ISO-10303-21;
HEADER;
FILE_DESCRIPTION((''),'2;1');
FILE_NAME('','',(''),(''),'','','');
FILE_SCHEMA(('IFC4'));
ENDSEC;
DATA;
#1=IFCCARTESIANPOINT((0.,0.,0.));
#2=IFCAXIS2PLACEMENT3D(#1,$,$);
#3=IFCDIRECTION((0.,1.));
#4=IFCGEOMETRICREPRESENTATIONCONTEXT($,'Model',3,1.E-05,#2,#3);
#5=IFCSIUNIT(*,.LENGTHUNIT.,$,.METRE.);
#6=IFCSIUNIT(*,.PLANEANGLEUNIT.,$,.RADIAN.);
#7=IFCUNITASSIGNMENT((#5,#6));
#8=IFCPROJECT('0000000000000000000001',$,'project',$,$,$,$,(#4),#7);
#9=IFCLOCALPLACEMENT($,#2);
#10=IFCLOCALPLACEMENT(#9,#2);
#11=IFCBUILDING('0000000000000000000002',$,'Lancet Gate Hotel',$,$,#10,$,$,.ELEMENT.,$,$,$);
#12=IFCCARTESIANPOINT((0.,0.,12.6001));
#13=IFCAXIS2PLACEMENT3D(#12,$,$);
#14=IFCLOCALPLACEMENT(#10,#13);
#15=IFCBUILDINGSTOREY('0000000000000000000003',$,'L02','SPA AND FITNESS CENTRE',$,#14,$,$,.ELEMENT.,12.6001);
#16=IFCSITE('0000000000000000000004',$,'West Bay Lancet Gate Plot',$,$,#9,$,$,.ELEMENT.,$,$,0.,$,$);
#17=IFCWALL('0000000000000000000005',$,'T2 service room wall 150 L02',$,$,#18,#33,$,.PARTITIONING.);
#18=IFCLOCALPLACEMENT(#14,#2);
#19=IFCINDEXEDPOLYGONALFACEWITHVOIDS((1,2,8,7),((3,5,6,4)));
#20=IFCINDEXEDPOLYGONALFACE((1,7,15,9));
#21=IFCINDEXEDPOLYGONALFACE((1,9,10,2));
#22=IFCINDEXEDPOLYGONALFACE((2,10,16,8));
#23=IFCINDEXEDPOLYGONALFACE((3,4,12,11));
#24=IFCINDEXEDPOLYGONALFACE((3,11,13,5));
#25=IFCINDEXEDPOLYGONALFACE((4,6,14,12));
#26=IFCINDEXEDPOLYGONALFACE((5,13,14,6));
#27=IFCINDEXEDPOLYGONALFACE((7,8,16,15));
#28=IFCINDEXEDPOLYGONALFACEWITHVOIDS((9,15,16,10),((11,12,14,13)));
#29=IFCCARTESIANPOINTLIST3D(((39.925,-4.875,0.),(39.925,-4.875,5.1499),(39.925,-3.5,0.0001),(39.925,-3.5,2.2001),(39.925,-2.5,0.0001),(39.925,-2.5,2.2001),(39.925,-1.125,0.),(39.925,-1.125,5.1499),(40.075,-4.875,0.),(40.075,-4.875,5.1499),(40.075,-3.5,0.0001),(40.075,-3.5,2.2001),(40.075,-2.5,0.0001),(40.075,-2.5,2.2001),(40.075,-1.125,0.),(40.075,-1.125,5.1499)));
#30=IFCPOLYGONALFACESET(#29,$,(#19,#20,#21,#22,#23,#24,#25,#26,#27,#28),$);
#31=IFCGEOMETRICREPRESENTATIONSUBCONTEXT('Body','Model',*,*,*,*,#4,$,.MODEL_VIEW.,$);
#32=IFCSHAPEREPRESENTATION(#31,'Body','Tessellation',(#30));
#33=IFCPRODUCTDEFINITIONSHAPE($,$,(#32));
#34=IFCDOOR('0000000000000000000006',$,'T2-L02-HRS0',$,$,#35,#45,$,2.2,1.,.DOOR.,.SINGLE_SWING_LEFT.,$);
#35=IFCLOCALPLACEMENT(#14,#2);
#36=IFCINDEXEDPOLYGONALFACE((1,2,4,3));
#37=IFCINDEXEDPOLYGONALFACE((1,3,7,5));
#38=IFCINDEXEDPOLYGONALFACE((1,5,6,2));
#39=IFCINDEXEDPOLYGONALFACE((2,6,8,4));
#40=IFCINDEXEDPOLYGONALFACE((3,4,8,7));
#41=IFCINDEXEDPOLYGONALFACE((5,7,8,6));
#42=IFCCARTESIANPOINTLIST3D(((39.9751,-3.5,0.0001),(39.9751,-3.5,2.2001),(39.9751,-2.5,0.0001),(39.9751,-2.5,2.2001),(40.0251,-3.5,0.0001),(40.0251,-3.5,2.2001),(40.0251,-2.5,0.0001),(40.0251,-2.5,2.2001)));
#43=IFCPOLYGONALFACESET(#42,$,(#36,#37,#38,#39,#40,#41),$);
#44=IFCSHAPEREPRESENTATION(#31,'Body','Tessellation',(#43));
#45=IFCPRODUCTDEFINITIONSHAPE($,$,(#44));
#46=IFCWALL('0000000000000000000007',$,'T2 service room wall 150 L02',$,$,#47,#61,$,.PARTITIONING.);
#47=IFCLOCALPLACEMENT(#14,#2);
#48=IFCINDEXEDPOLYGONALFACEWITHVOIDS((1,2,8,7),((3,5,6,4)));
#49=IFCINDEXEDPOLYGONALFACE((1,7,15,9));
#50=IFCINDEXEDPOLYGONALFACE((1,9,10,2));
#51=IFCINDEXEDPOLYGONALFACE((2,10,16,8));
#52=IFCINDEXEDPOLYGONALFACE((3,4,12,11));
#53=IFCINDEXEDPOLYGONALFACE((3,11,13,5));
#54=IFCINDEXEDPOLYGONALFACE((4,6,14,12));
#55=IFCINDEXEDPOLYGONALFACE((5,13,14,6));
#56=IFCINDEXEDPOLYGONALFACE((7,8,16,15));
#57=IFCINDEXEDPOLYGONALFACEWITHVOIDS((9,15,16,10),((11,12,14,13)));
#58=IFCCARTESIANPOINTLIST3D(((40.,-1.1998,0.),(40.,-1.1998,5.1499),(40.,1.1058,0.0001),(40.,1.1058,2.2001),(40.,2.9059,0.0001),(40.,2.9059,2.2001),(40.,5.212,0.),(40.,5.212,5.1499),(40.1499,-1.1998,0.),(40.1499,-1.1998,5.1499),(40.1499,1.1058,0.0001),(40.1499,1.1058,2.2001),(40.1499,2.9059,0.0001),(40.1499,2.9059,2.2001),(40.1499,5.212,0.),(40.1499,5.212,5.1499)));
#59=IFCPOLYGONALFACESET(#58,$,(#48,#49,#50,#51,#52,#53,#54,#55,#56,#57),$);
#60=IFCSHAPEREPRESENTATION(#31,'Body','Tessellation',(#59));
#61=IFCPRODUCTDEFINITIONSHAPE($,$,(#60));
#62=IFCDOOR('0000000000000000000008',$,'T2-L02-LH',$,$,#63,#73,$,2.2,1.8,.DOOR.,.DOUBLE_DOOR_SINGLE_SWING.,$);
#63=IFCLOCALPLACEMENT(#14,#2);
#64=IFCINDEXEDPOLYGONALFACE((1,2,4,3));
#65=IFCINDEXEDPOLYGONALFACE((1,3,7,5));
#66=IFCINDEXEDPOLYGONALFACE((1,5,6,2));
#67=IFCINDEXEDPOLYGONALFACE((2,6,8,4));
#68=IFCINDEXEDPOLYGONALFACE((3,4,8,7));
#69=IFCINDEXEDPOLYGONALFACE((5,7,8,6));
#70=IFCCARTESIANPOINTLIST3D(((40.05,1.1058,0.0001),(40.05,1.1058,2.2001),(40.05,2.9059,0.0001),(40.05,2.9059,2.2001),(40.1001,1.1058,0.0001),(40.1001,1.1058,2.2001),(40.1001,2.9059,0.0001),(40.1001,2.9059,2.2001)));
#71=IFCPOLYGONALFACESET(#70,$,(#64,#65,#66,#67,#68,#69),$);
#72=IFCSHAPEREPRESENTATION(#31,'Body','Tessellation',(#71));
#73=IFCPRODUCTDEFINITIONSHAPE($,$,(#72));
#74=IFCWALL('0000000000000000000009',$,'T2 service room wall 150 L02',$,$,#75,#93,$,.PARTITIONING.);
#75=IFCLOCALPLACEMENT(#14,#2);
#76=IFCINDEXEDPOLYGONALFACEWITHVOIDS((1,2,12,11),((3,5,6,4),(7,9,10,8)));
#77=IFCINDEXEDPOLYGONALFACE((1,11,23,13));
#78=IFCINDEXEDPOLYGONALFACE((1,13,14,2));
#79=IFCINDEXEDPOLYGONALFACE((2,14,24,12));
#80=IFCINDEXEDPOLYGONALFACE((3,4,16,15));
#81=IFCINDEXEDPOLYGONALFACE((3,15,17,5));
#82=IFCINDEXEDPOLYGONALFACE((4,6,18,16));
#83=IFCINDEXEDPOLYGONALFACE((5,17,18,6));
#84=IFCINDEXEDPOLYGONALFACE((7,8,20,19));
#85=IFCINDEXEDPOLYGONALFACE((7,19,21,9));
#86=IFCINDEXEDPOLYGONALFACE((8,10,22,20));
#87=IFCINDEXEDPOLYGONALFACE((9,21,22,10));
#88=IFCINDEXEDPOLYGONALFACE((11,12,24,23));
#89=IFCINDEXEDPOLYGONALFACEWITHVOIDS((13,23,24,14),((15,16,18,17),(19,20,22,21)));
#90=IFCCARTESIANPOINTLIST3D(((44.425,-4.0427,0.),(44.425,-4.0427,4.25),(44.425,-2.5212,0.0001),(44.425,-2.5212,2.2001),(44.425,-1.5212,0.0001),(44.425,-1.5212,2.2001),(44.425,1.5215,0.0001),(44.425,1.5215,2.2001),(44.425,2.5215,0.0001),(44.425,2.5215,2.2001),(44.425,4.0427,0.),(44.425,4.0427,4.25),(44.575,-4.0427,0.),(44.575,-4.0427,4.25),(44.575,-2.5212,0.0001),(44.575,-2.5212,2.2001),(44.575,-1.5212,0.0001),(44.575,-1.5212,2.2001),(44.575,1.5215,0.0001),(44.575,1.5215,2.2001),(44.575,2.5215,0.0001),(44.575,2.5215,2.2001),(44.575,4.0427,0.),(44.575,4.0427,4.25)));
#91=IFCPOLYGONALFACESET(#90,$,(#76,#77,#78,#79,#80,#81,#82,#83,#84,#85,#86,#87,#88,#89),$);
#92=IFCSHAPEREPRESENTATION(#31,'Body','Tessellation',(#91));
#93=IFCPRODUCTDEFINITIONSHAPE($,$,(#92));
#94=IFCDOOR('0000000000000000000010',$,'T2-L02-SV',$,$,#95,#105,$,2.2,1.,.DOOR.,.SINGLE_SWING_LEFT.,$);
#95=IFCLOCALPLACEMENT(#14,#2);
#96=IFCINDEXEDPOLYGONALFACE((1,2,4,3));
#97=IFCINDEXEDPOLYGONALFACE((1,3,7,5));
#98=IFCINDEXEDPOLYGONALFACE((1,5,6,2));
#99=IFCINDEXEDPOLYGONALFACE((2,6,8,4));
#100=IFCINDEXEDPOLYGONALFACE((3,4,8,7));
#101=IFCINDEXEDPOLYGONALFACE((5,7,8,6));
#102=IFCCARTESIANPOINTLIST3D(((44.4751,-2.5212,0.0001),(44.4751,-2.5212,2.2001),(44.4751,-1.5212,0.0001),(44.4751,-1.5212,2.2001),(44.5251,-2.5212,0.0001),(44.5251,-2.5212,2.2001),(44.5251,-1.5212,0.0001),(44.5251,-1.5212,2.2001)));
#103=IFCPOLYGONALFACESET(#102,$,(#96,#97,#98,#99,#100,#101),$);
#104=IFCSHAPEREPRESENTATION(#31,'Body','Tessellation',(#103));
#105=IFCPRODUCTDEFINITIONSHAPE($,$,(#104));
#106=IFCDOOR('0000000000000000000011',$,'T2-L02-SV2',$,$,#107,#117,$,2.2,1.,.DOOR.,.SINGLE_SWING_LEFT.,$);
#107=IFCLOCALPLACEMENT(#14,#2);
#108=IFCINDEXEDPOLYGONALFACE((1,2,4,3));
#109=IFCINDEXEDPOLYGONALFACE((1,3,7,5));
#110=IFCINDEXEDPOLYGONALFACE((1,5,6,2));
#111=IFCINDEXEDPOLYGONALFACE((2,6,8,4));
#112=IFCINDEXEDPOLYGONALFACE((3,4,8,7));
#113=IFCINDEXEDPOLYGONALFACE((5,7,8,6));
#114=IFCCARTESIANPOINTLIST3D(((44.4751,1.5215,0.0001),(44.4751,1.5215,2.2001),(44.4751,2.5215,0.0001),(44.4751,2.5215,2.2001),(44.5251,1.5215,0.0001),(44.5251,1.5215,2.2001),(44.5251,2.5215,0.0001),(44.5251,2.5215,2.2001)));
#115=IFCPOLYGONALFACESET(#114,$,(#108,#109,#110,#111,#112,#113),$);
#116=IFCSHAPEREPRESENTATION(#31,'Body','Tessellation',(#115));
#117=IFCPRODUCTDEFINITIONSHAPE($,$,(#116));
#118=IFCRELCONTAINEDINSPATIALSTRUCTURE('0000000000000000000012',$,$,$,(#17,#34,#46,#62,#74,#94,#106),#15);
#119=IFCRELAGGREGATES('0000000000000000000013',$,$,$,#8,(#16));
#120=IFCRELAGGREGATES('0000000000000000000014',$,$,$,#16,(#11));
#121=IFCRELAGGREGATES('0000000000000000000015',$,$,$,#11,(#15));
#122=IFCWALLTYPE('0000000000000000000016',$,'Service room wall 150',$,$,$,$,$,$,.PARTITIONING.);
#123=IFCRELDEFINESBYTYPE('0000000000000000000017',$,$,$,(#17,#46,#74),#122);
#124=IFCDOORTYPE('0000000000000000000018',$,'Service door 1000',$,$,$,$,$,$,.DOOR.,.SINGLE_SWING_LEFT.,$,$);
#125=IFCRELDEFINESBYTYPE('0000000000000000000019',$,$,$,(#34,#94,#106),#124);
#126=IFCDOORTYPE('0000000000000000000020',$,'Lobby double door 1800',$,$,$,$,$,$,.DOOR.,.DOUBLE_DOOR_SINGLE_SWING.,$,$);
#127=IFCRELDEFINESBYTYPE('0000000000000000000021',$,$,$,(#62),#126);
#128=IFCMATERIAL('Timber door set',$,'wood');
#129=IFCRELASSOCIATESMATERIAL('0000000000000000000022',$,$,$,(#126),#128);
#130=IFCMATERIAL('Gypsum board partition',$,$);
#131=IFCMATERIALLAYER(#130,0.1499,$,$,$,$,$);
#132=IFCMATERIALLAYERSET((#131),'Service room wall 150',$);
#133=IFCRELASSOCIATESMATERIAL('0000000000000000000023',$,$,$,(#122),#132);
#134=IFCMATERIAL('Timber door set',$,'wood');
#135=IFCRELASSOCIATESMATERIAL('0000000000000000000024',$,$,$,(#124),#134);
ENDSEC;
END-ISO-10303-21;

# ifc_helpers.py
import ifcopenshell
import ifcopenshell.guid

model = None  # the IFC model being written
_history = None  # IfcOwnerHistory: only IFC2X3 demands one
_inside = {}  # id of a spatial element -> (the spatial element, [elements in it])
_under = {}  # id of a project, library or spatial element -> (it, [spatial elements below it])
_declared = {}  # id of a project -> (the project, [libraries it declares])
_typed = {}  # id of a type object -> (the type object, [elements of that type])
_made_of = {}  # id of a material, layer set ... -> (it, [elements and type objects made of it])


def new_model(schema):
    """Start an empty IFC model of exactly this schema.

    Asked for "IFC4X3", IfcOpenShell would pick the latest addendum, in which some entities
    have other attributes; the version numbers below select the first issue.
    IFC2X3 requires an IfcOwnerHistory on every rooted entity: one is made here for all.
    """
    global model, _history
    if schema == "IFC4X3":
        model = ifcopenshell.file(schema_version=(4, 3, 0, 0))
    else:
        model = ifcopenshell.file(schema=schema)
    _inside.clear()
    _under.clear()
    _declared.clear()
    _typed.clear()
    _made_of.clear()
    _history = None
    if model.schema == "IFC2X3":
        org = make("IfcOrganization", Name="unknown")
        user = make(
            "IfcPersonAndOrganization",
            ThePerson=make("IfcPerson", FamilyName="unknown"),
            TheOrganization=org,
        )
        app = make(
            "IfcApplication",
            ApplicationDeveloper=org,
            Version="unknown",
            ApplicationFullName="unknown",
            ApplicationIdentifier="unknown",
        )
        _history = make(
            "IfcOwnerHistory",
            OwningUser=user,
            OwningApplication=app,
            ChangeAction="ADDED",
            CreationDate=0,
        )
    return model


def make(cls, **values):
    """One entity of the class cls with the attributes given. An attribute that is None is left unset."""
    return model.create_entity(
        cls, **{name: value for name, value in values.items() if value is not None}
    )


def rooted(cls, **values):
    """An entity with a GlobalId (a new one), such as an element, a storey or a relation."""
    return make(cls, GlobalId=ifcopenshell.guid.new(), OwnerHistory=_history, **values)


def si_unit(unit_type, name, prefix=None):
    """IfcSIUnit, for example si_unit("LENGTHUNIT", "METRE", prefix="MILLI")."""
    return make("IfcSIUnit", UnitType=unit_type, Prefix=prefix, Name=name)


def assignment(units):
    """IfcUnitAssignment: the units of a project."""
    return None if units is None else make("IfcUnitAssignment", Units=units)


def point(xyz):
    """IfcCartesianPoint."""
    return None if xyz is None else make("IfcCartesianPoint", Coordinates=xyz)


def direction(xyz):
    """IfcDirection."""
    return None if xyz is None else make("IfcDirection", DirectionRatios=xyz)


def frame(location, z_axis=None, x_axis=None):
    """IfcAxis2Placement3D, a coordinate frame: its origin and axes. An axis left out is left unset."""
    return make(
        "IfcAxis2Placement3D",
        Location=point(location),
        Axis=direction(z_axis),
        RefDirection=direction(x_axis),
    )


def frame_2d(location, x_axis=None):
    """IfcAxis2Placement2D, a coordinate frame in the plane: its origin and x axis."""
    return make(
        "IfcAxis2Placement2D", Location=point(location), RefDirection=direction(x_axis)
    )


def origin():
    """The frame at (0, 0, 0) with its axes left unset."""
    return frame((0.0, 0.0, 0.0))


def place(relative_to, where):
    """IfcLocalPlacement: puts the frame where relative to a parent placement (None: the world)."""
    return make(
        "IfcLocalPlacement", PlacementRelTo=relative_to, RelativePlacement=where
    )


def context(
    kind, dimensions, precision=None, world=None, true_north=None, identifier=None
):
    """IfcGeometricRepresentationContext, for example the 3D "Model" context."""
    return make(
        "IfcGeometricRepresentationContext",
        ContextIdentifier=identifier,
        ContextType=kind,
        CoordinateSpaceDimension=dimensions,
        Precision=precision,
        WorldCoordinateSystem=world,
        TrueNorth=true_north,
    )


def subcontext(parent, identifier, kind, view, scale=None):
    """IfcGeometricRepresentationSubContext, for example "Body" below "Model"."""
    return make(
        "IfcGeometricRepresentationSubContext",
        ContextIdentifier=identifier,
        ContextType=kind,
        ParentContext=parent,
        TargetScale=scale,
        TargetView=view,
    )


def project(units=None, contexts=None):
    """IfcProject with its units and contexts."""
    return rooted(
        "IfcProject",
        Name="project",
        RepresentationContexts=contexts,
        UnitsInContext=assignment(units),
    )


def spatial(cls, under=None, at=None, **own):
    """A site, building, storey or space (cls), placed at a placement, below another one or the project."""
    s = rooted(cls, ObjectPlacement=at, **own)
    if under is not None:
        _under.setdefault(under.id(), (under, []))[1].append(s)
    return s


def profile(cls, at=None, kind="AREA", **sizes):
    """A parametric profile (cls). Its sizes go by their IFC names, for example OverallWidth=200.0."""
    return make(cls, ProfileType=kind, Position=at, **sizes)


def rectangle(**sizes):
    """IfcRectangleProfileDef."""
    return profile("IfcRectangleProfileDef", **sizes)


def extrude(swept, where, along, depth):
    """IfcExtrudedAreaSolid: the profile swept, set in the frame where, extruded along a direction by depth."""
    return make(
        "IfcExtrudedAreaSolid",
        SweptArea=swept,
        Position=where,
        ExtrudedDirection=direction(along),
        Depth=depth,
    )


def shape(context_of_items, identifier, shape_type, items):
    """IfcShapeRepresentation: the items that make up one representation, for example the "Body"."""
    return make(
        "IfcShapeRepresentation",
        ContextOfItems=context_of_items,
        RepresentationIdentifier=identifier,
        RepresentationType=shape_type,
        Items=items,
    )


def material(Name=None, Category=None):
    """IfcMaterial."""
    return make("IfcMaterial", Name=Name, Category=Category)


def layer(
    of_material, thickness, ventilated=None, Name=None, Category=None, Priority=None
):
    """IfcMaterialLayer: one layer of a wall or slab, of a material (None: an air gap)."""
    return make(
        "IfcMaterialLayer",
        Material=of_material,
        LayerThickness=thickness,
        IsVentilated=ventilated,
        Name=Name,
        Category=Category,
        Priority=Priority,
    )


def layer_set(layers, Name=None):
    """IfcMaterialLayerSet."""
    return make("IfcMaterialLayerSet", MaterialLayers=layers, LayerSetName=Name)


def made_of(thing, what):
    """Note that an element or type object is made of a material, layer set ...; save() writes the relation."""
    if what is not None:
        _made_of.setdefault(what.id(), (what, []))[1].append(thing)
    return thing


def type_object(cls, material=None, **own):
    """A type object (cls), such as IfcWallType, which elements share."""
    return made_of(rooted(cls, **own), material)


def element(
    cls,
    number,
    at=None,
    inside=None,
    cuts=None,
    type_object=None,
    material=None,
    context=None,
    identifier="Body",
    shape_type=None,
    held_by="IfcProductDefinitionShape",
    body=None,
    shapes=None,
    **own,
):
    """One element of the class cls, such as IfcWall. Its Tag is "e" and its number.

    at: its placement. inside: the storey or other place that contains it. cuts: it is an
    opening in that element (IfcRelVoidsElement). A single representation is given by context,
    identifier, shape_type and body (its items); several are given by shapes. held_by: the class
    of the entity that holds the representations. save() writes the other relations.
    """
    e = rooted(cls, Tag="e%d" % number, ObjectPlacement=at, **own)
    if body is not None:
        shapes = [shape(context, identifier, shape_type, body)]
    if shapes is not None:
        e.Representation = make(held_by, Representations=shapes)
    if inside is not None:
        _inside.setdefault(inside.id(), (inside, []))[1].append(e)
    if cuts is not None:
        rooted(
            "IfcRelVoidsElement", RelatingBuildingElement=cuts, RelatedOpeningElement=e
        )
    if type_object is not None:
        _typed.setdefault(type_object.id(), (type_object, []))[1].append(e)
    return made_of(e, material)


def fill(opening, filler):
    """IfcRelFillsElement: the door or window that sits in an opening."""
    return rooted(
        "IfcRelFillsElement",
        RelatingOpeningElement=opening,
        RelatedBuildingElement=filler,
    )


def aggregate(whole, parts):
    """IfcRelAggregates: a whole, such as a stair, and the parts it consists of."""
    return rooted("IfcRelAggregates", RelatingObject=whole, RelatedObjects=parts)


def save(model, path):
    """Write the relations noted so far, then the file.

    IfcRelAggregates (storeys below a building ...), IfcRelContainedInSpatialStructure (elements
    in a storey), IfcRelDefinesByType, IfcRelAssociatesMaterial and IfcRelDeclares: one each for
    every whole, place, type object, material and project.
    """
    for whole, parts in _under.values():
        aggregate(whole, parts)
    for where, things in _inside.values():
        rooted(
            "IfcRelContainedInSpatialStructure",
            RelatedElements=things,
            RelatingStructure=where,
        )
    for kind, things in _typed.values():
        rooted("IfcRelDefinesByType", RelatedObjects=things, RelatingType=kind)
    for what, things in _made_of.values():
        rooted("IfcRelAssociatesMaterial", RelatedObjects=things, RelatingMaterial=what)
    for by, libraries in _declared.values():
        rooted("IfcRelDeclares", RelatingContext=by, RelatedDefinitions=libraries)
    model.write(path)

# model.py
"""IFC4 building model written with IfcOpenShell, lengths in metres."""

from ifc_helpers import new_model, si_unit, direction, frame, frame_2d, origin, place, context, subcontext, project, spatial, rectangle, extrude, material, layer, layer_set, type_object, element, fill, save


model = new_model("IFC4")

# Units and contexts
model_context = context("Model", 3, precision=1e-05, world=origin(), true_north=direction((0.0, 1.0)))
body_context = subcontext(model_context, "Body", "Model", "MODEL_VIEW")
ifc_project = project(units=[si_unit("LENGTHUNIT", "METRE"), si_unit("PLANEANGLEUNIT", "RADIAN")], contexts=[model_context])

# Site, building, storey
site_placement = place(None, origin())
site = spatial("IfcSite", under=ifc_project, at=site_placement, Name="West Bay Lancet Gate Plot", CompositionType="ELEMENT", RefElevation=0.0)
building_placement = place(site_placement, origin())
building = spatial("IfcBuilding", under=site, at=building_placement, Name="Lancet Gate Hotel", CompositionType="ELEMENT")
storey_placement = place(building_placement, frame((0.0, 0.0, 12.6001)))
storey = spatial("IfcBuildingStorey", under=building, at=storey_placement, Name="L02", Description="SPA AND FITNESS CENTRE", CompositionType="ELEMENT", Elevation=12.6001)

# Shared definitions
ifc_material_1 = material(Name="Timber door set", Category="wood")
door_type_1 = type_object("IfcDoorType", Name="Lobby double door 1800", OperationType="DOUBLE_DOOR_SINGLE_SWING", PredefinedType="DOOR", material=ifc_material_1)

# Shared definitions
ifc_material_2 = material(Name="Gypsum board partition")
ifc_layer_1 = layer(ifc_material_2, 0.1499)
ifc_layer_set_1 = layer_set([ifc_layer_1], Name="Service room wall 150")
wall_type_1 = type_object("IfcWallType", Name="Service room wall 150", PredefinedType="PARTITIONING", material=ifc_layer_set_1)

# Walls, openings, doors
wall_1_placement = place(storey_placement, frame((40.0, -4.875, 0.0), z_axis=(0.0, 0.0, 1.0), x_axis=(0.0, 1.0, 0.0)))
wall_1 = element("IfcWall", 1, at=wall_1_placement, inside=storey, type_object=wall_type_1, Name="T2 service room wall 150 L02", PredefinedType="PARTITIONING", context=body_context, shape_type="SweptSolid", body=[
    extrude(rectangle(XDim=3.75, YDim=0.1499, at=frame_2d((1.875, 0.0))), origin(), (0.0, 0.0, 1.0), 5.1499),
])
opening_1_placement = place(wall_1_placement, frame((1.375, 0.0, 0.0)))
opening_1 = element("IfcOpeningElement", 2, at=opening_1_placement, cuts=wall_1, PredefinedType="OPENING", context=body_context, shape_type="SweptSolid", body=[
    extrude(rectangle(XDim=1.0, YDim=2.2, at=frame_2d((0.5, 1.1001))), frame((0.0, 0.085, 0.0), z_axis=(0.0, -1.0, 0.0), x_axis=(1.0, 0.0, 0.0)), (0.0, 0.0, 1.0), 0.1699),
])
ifc_material_3 = material(Name="Timber door set", Category="wood")
door_type_2 = type_object("IfcDoorType", Name="Service door 1000", OperationType="SINGLE_SWING_LEFT", PredefinedType="DOOR", material=ifc_material_3)
door_1_placement = place(opening_1_placement, origin())
door_1 = element("IfcDoor", 3, at=door_1_placement, inside=storey, type_object=door_type_2, Name="T2-L02-HRS0", OperationType="SINGLE_SWING_LEFT", OverallHeight=2.2, OverallWidth=1.0, PredefinedType="DOOR", context=body_context, shape_type="SweptSolid", body=[
    extrude(rectangle(XDim=1.0, YDim=2.2, at=frame_2d((0.5, 1.1001))), frame((0.0, 0.0249, 0.0), z_axis=(0.0, -1.0, 0.0), x_axis=(1.0, 0.0, 0.0)), (0.0, 0.0, 1.0), 0.05),
])
fill(opening_1, door_1)
wall_2_placement = place(storey_placement, frame((40.075, -1.2, 0.0), z_axis=(0.0, 0.0, 1.0), x_axis=(0.0, 1.0, 0.0)))
wall_2 = element("IfcWall", 4, at=wall_2_placement, inside=storey, type_object=wall_type_1, Name="T2 service room wall 150 L02", PredefinedType="PARTITIONING", context=body_context, shape_type="SweptSolid", body=[
    extrude(rectangle(XDim=6.4119, YDim=0.1499, at=frame_2d((3.2061, 0.0))), origin(), (0.0, 0.0, 1.0), 5.1499),
])
opening_2_placement = place(wall_2_placement, frame((2.3059, 0.0, 0.0)))
opening_2 = element("IfcOpeningElement", 5, at=opening_2_placement, cuts=wall_2, PredefinedType="OPENING", context=body_context, shape_type="SweptSolid", body=[
    extrude(rectangle(XDim=1.8, YDim=2.2, at=frame_2d((0.8999, 1.1001))), frame((0.0, 0.085, 0.0), z_axis=(0.0, -1.0, 0.0), x_axis=(1.0, 0.0, 0.0)), (0.0, 0.0, 1.0), 0.1699),
])
door_2_placement = place(opening_2_placement, origin())
door_2 = element("IfcDoor", 6, at=door_2_placement, inside=storey, type_object=door_type_1, Name="T2-L02-LH", OperationType="DOUBLE_DOOR_SINGLE_SWING", OverallHeight=2.2, OverallWidth=1.8, PredefinedType="DOOR", context=body_context, shape_type="SweptSolid", body=[
    extrude(rectangle(XDim=1.8, YDim=2.2, at=frame_2d((0.8999, 1.1001))), frame((0.0, 0.0249, 0.0), z_axis=(0.0, -1.0, 0.0), x_axis=(1.0, 0.0, 0.0)), (0.0, 0.0, 1.0), 0.05),
])
fill(opening_2, door_2)

# Wall, openings, doors
wall_3_placement = place(storey_placement, frame((44.5, -4.0427, 0.0), z_axis=(0.0, 0.0, 1.0), x_axis=(0.0, 1.0, 0.0)))
wall_3 = element("IfcWall", 7, at=wall_3_placement, inside=storey, type_object=wall_type_1, Name="T2 service room wall 150 L02", PredefinedType="PARTITIONING", context=body_context, shape_type="SweptSolid", body=[
    extrude(rectangle(XDim=8.0854, YDim=0.1499, at=frame_2d((4.0427, 0.0))), origin(), (0.0, 0.0, 1.0), 4.25),
])
opening_3_placement = place(wall_3_placement, frame((1.5215, 0.0, 0.0)))
opening_3 = element("IfcOpeningElement", 8, at=opening_3_placement, cuts=wall_3, PredefinedType="OPENING", context=body_context, shape_type="SweptSolid", body=[
    extrude(rectangle(XDim=1.0, YDim=2.2, at=frame_2d((0.5, 1.1001))), frame((0.0, 0.085, 0.0), z_axis=(0.0, -1.0, 0.0), x_axis=(1.0, 0.0, 0.0)), (0.0, 0.0, 1.0), 0.1699),
])
opening_4_placement = place(wall_3_placement, frame((5.5642, 0.0, 0.0)))
opening_4 = element("IfcOpeningElement", 9, at=opening_4_placement, cuts=wall_3, PredefinedType="OPENING", context=body_context, shape_type="SweptSolid", body=[
    extrude(rectangle(XDim=1.0, YDim=2.2, at=frame_2d((0.5, 1.1001))), frame((0.0, 0.085, 0.0), z_axis=(0.0, -1.0, 0.0), x_axis=(1.0, 0.0, 0.0)), (0.0, 0.0, 1.0), 0.1699),
])
door_3_placement = place(opening_3_placement, origin())
door_3 = element("IfcDoor", 10, at=door_3_placement, inside=storey, type_object=door_type_2, Name="T2-L02-SV", OperationType="SINGLE_SWING_LEFT", OverallHeight=2.2, OverallWidth=1.0, PredefinedType="DOOR", context=body_context, shape_type="SweptSolid", body=[
    extrude(rectangle(XDim=1.0, YDim=2.2, at=frame_2d((0.5, 1.1001))), frame((0.0, 0.0249, 0.0), z_axis=(0.0, -1.0, 0.0), x_axis=(1.0, 0.0, 0.0)), (0.0, 0.0, 1.0), 0.05),
])
fill(opening_3, door_3)
door_4_placement = place(opening_4_placement, origin())
door_4 = element("IfcDoor", 11, at=door_4_placement, inside=storey, type_object=door_type_2, Name="T2-L02-SV2", OperationType="SINGLE_SWING_LEFT", OverallHeight=2.2, OverallWidth=1.0, PredefinedType="DOOR", context=body_context, shape_type="SweptSolid", body=[
    extrude(rectangle(XDim=1.0, YDim=2.2, at=frame_2d((0.5, 1.1001))), frame((0.0, 0.0249, 0.0), z_axis=(0.0, -1.0, 0.0), x_axis=(1.0, 0.0, 0.0)), (0.0, 0.0, 1.0), 0.05),
])
fill(opening_4, door_4)

save(model, "model.ifc")
